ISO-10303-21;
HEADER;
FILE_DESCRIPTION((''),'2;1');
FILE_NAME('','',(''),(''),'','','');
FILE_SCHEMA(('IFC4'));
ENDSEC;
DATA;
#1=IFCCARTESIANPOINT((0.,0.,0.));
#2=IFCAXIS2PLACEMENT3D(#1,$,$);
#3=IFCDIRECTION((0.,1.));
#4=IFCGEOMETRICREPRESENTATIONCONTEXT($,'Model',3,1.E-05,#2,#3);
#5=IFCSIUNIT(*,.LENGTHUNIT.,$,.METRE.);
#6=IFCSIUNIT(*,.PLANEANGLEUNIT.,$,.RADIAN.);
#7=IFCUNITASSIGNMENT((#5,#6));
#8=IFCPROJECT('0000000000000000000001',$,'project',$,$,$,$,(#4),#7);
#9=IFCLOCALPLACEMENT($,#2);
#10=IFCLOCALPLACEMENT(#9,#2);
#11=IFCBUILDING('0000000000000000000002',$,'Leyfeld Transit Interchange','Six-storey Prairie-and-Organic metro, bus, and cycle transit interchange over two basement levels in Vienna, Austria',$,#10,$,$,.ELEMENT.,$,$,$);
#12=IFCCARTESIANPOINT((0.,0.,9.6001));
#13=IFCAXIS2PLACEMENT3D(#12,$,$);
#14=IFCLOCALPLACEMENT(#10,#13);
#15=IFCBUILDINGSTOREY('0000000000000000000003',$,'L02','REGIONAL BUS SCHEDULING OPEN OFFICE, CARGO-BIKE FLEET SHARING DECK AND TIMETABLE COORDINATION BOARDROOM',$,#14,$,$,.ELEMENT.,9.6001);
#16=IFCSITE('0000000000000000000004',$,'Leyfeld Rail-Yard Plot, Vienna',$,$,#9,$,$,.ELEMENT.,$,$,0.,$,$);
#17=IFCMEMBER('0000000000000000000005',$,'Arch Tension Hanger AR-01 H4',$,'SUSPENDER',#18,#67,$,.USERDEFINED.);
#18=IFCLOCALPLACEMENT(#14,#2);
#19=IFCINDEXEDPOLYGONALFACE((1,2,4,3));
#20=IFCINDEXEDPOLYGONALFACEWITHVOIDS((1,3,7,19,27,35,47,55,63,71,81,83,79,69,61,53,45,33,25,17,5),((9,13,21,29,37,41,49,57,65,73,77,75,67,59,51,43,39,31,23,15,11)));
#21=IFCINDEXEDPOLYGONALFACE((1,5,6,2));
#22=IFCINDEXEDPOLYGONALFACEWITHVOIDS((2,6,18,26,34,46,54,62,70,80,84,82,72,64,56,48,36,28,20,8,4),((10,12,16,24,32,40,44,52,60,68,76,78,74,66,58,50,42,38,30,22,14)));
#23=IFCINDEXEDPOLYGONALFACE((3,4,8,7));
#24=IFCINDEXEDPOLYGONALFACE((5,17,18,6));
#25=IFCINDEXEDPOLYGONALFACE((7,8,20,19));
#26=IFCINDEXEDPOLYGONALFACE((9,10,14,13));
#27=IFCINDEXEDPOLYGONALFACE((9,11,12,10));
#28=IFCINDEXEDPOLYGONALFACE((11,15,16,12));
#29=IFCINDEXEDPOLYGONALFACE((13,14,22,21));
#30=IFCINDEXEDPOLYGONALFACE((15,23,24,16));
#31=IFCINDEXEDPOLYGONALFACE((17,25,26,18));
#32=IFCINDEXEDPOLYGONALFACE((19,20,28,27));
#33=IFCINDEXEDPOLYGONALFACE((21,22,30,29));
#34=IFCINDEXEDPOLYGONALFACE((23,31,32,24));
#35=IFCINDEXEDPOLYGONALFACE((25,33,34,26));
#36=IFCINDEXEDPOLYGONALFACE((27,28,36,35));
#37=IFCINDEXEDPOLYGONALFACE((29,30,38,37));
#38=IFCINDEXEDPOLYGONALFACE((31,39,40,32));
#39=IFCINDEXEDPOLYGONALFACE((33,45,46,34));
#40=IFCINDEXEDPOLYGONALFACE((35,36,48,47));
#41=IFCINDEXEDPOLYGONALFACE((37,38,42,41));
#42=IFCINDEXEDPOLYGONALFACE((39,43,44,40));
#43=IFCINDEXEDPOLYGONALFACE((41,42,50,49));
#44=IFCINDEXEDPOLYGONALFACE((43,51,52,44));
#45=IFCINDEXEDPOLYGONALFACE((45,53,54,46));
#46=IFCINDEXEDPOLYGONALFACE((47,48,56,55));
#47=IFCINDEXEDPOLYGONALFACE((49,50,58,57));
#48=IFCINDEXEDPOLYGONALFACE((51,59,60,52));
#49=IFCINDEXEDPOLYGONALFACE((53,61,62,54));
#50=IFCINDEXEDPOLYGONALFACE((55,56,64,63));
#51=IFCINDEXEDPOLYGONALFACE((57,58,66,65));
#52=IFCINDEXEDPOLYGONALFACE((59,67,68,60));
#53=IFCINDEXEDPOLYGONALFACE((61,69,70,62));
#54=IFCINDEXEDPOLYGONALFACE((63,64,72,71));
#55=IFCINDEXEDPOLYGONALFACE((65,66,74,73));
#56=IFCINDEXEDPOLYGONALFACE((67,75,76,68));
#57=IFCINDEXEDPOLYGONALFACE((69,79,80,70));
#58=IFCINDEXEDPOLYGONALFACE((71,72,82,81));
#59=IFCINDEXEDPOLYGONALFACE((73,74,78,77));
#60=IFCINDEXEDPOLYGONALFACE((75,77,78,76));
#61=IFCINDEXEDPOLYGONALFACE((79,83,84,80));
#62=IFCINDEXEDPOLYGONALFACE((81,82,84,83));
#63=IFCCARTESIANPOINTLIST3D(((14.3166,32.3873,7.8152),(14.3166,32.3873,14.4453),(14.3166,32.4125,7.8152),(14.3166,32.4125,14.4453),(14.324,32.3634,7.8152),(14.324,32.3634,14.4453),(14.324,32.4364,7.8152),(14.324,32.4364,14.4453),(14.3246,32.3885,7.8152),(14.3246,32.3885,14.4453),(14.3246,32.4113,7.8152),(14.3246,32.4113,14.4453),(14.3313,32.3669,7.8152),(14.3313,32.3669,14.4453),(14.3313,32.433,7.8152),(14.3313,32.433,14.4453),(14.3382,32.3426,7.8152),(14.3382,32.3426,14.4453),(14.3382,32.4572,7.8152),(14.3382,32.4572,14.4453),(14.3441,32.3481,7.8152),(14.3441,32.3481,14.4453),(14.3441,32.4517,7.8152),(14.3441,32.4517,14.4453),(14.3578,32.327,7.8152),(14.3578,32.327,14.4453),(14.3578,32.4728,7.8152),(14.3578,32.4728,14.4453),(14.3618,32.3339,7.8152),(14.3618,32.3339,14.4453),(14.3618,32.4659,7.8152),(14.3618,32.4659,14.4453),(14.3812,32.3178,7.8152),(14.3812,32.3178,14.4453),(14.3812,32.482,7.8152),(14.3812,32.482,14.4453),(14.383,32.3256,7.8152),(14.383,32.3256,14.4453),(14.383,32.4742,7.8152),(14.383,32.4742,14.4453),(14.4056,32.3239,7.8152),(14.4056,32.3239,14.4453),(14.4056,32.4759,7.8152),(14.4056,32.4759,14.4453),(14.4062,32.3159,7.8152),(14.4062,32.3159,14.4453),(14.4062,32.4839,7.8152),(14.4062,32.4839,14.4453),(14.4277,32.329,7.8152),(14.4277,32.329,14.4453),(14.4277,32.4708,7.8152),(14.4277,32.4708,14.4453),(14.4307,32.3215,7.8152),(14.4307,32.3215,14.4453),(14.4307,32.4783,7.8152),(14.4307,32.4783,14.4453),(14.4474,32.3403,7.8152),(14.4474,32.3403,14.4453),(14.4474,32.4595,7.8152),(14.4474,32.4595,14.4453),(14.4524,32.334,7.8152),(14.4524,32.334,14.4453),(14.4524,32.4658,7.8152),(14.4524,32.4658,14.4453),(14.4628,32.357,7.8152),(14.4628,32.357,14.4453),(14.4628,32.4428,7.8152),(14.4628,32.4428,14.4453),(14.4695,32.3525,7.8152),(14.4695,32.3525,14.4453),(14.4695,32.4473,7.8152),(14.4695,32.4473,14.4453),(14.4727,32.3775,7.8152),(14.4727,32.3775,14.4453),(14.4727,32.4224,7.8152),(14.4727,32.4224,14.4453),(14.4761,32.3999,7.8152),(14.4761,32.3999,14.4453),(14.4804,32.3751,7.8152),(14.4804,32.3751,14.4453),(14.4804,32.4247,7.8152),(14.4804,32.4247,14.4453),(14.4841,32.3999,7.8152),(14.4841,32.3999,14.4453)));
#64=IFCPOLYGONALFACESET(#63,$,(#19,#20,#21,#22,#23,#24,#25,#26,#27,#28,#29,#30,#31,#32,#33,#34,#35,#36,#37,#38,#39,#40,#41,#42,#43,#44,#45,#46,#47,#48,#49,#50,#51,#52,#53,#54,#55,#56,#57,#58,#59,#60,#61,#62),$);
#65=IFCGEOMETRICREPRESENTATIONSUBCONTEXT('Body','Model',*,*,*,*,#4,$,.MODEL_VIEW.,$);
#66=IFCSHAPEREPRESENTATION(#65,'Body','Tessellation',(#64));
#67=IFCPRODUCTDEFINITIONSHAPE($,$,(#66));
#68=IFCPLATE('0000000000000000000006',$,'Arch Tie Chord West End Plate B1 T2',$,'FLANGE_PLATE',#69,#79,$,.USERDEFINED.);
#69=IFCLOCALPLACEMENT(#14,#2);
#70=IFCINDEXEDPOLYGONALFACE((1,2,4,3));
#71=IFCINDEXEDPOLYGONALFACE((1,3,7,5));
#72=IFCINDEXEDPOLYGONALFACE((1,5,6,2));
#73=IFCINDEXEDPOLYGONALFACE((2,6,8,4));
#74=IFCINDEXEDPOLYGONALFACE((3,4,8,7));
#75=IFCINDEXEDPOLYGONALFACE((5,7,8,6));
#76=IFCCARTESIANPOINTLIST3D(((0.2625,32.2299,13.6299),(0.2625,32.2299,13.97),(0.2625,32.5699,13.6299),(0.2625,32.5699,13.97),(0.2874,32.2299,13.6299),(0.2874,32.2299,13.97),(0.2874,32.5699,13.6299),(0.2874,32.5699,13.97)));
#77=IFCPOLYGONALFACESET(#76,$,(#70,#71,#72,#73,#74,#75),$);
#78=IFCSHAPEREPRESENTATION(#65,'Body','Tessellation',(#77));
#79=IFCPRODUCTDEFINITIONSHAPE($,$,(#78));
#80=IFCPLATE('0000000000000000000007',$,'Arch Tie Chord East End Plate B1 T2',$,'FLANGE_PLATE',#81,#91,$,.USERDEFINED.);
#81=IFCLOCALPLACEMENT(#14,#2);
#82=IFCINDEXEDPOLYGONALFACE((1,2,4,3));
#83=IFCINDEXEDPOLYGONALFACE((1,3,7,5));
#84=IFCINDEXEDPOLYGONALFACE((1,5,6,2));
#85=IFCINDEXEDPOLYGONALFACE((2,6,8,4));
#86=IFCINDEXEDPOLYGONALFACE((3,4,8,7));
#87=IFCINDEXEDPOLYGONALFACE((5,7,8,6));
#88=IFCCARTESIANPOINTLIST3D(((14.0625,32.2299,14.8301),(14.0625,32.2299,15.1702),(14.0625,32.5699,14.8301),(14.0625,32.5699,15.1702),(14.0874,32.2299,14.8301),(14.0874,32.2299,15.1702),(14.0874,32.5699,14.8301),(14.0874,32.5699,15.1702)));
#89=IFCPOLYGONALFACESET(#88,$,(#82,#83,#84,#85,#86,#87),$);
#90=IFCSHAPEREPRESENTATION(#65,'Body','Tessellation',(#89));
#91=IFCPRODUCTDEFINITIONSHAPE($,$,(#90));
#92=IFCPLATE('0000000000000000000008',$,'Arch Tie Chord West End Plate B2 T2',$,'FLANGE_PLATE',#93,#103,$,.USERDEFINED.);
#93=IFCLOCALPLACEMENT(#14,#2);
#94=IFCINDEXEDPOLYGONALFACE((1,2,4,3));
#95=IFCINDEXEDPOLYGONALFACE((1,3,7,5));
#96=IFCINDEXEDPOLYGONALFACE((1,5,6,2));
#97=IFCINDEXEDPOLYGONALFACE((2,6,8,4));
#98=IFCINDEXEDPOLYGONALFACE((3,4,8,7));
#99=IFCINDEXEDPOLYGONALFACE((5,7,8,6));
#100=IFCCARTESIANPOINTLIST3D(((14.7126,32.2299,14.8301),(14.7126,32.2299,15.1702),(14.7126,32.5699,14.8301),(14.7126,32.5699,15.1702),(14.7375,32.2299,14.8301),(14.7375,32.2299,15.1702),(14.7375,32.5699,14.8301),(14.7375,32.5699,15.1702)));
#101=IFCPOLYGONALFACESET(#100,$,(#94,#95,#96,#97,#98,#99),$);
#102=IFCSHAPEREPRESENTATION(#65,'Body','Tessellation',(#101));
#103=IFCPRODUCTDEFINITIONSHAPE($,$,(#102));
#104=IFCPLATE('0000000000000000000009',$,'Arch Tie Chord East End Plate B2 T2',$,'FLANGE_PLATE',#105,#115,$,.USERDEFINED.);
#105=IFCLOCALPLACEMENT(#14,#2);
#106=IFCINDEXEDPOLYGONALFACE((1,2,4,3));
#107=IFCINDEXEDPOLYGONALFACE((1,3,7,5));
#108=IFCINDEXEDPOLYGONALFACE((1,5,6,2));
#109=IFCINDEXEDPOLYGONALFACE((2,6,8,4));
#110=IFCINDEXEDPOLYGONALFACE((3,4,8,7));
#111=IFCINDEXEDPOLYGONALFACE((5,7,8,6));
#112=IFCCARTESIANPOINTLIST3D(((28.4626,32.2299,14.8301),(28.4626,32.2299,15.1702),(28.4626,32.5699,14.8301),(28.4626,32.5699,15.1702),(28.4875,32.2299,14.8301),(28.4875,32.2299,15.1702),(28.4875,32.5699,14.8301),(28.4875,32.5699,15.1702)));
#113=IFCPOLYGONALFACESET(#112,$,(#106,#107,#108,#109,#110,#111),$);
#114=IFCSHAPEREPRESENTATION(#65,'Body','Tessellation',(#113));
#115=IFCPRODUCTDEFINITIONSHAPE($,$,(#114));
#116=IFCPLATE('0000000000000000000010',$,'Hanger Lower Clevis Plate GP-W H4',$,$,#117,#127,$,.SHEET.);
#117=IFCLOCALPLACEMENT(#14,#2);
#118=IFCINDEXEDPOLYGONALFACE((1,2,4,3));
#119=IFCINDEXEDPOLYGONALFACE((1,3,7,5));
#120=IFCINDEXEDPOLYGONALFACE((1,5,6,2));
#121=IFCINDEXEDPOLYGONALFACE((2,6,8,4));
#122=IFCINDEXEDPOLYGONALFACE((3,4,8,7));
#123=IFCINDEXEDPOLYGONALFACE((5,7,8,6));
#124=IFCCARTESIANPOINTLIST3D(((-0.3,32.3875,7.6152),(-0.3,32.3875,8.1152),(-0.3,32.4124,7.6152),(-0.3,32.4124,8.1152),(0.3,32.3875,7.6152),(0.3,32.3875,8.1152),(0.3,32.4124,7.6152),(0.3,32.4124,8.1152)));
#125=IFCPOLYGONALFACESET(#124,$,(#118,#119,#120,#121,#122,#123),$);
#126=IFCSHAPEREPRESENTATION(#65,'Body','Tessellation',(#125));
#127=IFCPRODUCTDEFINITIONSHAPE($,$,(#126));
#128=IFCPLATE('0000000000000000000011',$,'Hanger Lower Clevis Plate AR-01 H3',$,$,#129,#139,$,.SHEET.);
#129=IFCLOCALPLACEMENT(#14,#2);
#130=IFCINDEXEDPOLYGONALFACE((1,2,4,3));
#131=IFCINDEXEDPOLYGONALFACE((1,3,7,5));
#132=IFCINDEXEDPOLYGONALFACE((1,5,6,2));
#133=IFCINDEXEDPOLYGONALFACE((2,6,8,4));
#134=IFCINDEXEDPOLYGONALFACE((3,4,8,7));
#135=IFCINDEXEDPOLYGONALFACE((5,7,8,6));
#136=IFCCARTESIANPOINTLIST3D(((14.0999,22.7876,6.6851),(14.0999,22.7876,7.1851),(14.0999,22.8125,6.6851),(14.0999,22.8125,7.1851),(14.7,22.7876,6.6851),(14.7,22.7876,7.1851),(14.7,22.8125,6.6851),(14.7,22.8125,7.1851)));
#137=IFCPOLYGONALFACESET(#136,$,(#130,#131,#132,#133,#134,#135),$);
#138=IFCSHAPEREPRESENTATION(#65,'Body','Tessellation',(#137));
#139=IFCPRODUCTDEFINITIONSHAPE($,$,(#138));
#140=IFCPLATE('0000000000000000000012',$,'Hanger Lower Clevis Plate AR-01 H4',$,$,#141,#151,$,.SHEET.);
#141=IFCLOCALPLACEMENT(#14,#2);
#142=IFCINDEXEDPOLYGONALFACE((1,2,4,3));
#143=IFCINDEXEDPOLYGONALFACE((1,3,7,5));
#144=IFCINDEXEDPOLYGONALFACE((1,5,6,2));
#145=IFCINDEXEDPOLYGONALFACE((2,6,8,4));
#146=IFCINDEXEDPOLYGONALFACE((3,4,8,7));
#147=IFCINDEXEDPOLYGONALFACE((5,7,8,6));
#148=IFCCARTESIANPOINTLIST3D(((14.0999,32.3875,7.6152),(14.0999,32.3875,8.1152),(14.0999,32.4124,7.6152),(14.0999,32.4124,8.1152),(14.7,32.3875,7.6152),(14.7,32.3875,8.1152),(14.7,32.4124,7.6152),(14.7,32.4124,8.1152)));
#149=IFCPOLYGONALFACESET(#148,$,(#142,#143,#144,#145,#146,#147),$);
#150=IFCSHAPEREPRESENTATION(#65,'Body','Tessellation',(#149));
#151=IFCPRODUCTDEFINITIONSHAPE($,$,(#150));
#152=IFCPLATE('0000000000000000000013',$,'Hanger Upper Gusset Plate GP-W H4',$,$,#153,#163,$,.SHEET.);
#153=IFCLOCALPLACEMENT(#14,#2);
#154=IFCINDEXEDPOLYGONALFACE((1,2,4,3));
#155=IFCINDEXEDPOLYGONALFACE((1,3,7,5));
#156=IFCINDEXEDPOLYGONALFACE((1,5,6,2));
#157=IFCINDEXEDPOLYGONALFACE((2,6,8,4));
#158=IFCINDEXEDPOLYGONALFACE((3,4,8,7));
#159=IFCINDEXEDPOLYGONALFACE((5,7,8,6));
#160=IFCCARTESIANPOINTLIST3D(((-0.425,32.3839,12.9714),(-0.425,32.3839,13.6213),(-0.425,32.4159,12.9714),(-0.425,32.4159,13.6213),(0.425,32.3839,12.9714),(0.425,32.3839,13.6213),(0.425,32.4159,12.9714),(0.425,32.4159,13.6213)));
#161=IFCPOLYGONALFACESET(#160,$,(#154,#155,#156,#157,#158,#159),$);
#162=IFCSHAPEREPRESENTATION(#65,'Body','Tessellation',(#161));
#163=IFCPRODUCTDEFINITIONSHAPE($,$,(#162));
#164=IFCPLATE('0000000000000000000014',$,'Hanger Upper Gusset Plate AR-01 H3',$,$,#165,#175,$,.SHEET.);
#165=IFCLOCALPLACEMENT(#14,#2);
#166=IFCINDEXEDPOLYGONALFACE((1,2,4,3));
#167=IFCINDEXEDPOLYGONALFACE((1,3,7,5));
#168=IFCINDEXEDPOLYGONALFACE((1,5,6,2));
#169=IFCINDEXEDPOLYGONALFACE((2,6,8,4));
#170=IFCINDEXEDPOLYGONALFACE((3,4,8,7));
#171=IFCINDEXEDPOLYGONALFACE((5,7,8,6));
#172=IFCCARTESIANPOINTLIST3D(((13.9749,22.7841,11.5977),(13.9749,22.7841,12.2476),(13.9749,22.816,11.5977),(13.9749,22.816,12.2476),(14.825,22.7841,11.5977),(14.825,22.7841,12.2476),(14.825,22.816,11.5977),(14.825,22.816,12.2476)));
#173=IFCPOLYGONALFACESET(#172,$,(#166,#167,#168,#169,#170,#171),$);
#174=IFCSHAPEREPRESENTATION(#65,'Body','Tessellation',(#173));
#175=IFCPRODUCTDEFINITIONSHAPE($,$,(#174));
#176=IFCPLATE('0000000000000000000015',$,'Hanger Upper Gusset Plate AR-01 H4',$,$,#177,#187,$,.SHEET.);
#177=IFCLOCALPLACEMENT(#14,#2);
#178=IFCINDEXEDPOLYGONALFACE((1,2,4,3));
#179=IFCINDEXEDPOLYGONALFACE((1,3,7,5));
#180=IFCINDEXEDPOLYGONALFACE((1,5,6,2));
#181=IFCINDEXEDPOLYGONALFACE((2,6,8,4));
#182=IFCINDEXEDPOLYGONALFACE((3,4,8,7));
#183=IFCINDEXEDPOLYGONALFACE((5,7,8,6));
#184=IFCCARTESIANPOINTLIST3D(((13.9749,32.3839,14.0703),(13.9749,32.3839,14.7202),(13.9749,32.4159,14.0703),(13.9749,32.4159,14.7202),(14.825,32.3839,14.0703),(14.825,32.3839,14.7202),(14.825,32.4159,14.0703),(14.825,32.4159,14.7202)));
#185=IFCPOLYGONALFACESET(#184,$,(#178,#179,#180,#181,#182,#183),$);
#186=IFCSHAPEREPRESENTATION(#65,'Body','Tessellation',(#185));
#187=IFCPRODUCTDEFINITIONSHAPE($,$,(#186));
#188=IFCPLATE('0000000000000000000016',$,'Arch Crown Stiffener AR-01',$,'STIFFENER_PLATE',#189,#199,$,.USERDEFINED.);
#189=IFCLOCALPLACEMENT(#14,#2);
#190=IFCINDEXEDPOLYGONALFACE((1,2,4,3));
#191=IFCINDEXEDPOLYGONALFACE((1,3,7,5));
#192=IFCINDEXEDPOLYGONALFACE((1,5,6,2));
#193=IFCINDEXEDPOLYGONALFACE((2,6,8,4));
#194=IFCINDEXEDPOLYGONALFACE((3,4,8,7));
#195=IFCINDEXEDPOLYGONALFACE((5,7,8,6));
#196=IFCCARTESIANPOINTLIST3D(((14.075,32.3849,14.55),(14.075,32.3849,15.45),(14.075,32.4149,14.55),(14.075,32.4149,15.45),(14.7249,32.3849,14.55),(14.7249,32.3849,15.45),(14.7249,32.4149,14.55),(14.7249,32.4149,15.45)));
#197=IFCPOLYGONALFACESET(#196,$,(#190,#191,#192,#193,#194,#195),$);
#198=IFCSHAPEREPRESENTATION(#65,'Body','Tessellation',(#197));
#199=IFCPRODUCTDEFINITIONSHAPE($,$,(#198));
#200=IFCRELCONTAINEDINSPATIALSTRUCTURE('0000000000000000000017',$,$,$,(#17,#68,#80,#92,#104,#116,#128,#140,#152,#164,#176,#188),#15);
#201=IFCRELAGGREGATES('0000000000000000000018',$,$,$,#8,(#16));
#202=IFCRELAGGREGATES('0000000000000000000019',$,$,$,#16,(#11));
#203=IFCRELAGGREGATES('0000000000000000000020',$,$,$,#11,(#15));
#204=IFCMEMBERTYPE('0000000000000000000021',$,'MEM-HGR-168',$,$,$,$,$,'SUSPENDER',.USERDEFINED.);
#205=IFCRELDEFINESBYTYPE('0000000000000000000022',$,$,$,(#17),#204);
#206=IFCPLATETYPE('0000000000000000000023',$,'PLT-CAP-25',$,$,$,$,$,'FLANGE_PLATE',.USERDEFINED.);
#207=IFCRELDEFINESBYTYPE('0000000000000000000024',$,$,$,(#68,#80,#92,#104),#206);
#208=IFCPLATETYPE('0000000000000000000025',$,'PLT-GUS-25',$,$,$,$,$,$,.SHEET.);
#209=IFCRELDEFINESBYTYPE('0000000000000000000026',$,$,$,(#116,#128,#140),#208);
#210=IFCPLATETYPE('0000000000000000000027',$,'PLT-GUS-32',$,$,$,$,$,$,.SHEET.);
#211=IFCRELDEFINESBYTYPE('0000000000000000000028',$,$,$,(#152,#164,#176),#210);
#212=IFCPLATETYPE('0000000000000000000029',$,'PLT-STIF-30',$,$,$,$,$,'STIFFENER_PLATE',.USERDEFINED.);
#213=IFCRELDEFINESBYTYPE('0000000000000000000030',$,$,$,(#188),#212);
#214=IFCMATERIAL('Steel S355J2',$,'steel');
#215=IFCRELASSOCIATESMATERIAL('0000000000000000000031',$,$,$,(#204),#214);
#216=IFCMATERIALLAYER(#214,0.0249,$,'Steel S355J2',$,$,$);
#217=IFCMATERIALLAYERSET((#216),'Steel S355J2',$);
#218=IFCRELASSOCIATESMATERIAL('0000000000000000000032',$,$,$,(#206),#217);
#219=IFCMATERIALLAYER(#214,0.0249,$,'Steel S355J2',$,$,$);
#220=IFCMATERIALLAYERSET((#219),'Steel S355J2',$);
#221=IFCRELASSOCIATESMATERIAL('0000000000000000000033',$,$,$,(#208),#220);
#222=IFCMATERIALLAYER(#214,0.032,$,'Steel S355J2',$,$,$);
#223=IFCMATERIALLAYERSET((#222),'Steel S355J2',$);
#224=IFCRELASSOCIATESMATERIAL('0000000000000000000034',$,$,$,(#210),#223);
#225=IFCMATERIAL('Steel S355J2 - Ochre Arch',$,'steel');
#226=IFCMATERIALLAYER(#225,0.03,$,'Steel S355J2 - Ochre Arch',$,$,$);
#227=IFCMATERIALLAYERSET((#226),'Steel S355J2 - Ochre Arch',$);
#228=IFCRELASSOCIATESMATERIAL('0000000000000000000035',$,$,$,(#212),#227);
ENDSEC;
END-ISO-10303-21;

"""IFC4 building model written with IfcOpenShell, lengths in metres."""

from ifc_helpers import new_model, si_unit, direction, frame, origin, origin_2d, place, context, subcontext, project, spatial, rectangle, hollow_circle, extrude, material, layer, layer_set, material_profile, profile_set, type_object, element, save


model = new_model("IFC4")

# Units and contexts
model_context = context("Model", 3, precision=1e-05, world=origin(), true_north=direction((0.0, 1.0)))
body_context = subcontext(model_context, "Body", "Model", "MODEL_VIEW")
ifc_project = project(units=[si_unit("LENGTHUNIT", "METRE"), si_unit("PLANEANGLEUNIT", "RADIAN")], contexts=[model_context])

# Site, building, storey
site_placement = place(None, origin())
site = spatial("IfcSite", under=ifc_project, at=site_placement, Name="Leyfeld Rail-Yard Plot, Vienna", CompositionType="ELEMENT", RefElevation=0.0)
building_placement = place(site_placement, origin())
building = spatial("IfcBuilding", under=site, at=building_placement, Name="Leyfeld Transit Interchange", Description="Six-storey Prairie-and-Organic metro, bus, and cycle transit interchange over two basement levels in Vienna, Austria", CompositionType="ELEMENT")
storey_placement = place(building_placement, frame((0.0, 0.0, 9.6001)))
storey = spatial("IfcBuildingStorey", under=building, at=storey_placement, Name="L02", Description="REGIONAL BUS SCHEDULING OPEN OFFICE, CARGO-BIKE FLEET SHARING DECK AND TIMETABLE COORDINATION BOARDROOM", CompositionType="ELEMENT", Elevation=9.6001)

# Member
ifc_material_1 = material(Name="Steel S355J2 - Ochre Arch", Category="steel")
ifc_material_2 = material(Name="Steel S355J2", Category="steel")
ifc_material_profile_1 = material_profile(ifc_material_2, hollow_circle(Radius=0.0842, WallThickness=0.0081, at=origin_2d()), Name="CHS 168.3x8")
ifc_profile_set_1 = profile_set([ifc_material_profile_1], Name="Steel S355J2")
member_type_1 = type_object("IfcMemberType", Name="MEM-HGR-168", ElementType="SUSPENDER", PredefinedType="USERDEFINED", material=ifc_profile_set_1)
member_1_placement = place(storey_placement, frame((14.3999, 32.3999, 7.8152), z_axis=(0.0, 0.0, 1.0), x_axis=(1.0, 0.0, 0.0)))
element("IfcMember", 1, at=member_1_placement, inside=storey, type_object=member_type_1, Name="Arch Tension Hanger AR-01 H4", ObjectType="SUSPENDER", PredefinedType="USERDEFINED", context=body_context, shape_type="SweptSolid", body=[
    extrude(hollow_circle(Radius=0.0842, WallThickness=0.0081, at=origin_2d()), origin(), (0.0, 0.0, 1.0), 6.6301),
])

# Plates
ifc_layer_1 = layer(ifc_material_2, 0.0249, Name="Steel S355J2")
ifc_layer_set_1 = layer_set([ifc_layer_1], Name="Steel S355J2")
plate_type_1 = type_object("IfcPlateType", Name="PLT-CAP-25", ElementType="FLANGE_PLATE", PredefinedType="USERDEFINED", material=ifc_layer_set_1)
for number, where, z_axis, x_axis, name in (
    (2, (0.2749, 32.3999, 13.6299), (0.0, 0.0, 1.0), (0.0, 1.0, 0.0), "Arch Tie Chord West End Plate B1 T2"),
    (3, (14.075, 32.3999, 14.8301), (0.0, 0.0, 1.0), (0.0, 1.0, 0.0), "Arch Tie Chord East End Plate B1 T2"),
    (4, (14.7251, 32.3999, 14.8301), (0.0, 0.0, 1.0), (0.0, 1.0, 0.0), "Arch Tie Chord West End Plate B2 T2"),
    (5, (28.4751, 32.3999, 14.8301), (0.0, 0.0, 1.0), (0.0, 1.0, 0.0), "Arch Tie Chord East End Plate B2 T2"),
):
    element("IfcPlate", number, at=place(storey_placement, frame(where, z_axis=z_axis, x_axis=x_axis)), inside=storey, type_object=plate_type_1, Name=name, ObjectType="FLANGE_PLATE", PredefinedType="USERDEFINED", context=body_context, shape_type="SweptSolid", body=[
        extrude(rectangle(XDim=0.3401, YDim=0.0249, at=origin_2d()), origin(), (0.0, 0.0, 1.0), 0.3401),
    ])
ifc_layer_2 = layer(ifc_material_2, 0.0249, Name="Steel S355J2")
ifc_layer_set_2 = layer_set([ifc_layer_2], Name="Steel S355J2")
plate_type_2 = type_object("IfcPlateType", Name="PLT-GUS-25", PredefinedType="SHEET", material=ifc_layer_set_2)
for number, where, z_axis, x_axis, name in (
    (6, (0.0, 32.3999, 7.6152), (0.0, 0.0, 1.0), (1.0, 0.0, 0.0), "Hanger Lower Clevis Plate GP-W H4"),
    (7, (14.3999, 22.8, 6.6851), (0.0, 0.0, 1.0), (1.0, 0.0, 0.0), "Hanger Lower Clevis Plate AR-01 H3"),
    (8, (14.3999, 32.3999, 7.6152), (0.0, 0.0, 1.0), (1.0, 0.0, 0.0), "Hanger Lower Clevis Plate AR-01 H4"),
):
    element("IfcPlate", number, at=place(storey_placement, frame(where, z_axis=z_axis, x_axis=x_axis)), inside=storey, type_object=plate_type_2, Name=name, PredefinedType="SHEET", context=body_context, shape_type="SweptSolid", body=[
        extrude(rectangle(XDim=0.6001, YDim=0.0249, at=origin_2d()), origin(), (0.0, 0.0, 1.0), 0.5),
    ])
ifc_layer_3 = layer(ifc_material_2, 0.032, Name="Steel S355J2")
ifc_layer_set_3 = layer_set([ifc_layer_3], Name="Steel S355J2")
plate_type_3 = type_object("IfcPlateType", Name="PLT-GUS-32", PredefinedType="SHEET", material=ifc_layer_set_3)
for number, where, z_axis, x_axis, name in (
    (9, (0.0, 32.3999, 12.9714), (0.0, 0.0, 1.0), (1.0, 0.0, 0.0), "Hanger Upper Gusset Plate GP-W H4"),
    (10, (14.3999, 22.8, 11.5977), (0.0, 0.0, 1.0), (1.0, 0.0, 0.0), "Hanger Upper Gusset Plate AR-01 H3"),
    (11, (14.3999, 32.3999, 14.0703), (0.0, 0.0, 1.0), (1.0, 0.0, 0.0), "Hanger Upper Gusset Plate AR-01 H4"),
):
    element("IfcPlate", number, at=place(storey_placement, frame(where, z_axis=z_axis, x_axis=x_axis)), inside=storey, type_object=plate_type_3, Name=name, PredefinedType="SHEET", context=body_context, shape_type="SweptSolid", body=[
        extrude(rectangle(XDim=0.8501, YDim=0.032, at=origin_2d()), origin(), (0.0, 0.0, 1.0), 0.6499),
    ])
ifc_layer_4 = layer(ifc_material_1, 0.03, Name="Steel S355J2 - Ochre Arch")
ifc_layer_set_4 = layer_set([ifc_layer_4], Name="Steel S355J2 - Ochre Arch")
plate_type_4 = type_object("IfcPlateType", Name="PLT-STIF-30", ElementType="STIFFENER_PLATE", PredefinedType="USERDEFINED", material=ifc_layer_set_4)
plate_placement = place(storey_placement, frame((14.3999, 32.3999, 14.55), z_axis=(0.0, 0.0, 1.0), x_axis=(1.0, 0.0, 0.0)))
element("IfcPlate", 12, at=plate_placement, inside=storey, type_object=plate_type_4, Name="Arch Crown Stiffener AR-01", ObjectType="STIFFENER_PLATE", PredefinedType="USERDEFINED", context=body_context, shape_type="SweptSolid", body=[
    extrude(rectangle(XDim=0.6499, YDim=0.03, at=origin_2d()), origin(), (0.0, 0.0, 1.0), 0.8999),
])

save(model, "model.ifc")
